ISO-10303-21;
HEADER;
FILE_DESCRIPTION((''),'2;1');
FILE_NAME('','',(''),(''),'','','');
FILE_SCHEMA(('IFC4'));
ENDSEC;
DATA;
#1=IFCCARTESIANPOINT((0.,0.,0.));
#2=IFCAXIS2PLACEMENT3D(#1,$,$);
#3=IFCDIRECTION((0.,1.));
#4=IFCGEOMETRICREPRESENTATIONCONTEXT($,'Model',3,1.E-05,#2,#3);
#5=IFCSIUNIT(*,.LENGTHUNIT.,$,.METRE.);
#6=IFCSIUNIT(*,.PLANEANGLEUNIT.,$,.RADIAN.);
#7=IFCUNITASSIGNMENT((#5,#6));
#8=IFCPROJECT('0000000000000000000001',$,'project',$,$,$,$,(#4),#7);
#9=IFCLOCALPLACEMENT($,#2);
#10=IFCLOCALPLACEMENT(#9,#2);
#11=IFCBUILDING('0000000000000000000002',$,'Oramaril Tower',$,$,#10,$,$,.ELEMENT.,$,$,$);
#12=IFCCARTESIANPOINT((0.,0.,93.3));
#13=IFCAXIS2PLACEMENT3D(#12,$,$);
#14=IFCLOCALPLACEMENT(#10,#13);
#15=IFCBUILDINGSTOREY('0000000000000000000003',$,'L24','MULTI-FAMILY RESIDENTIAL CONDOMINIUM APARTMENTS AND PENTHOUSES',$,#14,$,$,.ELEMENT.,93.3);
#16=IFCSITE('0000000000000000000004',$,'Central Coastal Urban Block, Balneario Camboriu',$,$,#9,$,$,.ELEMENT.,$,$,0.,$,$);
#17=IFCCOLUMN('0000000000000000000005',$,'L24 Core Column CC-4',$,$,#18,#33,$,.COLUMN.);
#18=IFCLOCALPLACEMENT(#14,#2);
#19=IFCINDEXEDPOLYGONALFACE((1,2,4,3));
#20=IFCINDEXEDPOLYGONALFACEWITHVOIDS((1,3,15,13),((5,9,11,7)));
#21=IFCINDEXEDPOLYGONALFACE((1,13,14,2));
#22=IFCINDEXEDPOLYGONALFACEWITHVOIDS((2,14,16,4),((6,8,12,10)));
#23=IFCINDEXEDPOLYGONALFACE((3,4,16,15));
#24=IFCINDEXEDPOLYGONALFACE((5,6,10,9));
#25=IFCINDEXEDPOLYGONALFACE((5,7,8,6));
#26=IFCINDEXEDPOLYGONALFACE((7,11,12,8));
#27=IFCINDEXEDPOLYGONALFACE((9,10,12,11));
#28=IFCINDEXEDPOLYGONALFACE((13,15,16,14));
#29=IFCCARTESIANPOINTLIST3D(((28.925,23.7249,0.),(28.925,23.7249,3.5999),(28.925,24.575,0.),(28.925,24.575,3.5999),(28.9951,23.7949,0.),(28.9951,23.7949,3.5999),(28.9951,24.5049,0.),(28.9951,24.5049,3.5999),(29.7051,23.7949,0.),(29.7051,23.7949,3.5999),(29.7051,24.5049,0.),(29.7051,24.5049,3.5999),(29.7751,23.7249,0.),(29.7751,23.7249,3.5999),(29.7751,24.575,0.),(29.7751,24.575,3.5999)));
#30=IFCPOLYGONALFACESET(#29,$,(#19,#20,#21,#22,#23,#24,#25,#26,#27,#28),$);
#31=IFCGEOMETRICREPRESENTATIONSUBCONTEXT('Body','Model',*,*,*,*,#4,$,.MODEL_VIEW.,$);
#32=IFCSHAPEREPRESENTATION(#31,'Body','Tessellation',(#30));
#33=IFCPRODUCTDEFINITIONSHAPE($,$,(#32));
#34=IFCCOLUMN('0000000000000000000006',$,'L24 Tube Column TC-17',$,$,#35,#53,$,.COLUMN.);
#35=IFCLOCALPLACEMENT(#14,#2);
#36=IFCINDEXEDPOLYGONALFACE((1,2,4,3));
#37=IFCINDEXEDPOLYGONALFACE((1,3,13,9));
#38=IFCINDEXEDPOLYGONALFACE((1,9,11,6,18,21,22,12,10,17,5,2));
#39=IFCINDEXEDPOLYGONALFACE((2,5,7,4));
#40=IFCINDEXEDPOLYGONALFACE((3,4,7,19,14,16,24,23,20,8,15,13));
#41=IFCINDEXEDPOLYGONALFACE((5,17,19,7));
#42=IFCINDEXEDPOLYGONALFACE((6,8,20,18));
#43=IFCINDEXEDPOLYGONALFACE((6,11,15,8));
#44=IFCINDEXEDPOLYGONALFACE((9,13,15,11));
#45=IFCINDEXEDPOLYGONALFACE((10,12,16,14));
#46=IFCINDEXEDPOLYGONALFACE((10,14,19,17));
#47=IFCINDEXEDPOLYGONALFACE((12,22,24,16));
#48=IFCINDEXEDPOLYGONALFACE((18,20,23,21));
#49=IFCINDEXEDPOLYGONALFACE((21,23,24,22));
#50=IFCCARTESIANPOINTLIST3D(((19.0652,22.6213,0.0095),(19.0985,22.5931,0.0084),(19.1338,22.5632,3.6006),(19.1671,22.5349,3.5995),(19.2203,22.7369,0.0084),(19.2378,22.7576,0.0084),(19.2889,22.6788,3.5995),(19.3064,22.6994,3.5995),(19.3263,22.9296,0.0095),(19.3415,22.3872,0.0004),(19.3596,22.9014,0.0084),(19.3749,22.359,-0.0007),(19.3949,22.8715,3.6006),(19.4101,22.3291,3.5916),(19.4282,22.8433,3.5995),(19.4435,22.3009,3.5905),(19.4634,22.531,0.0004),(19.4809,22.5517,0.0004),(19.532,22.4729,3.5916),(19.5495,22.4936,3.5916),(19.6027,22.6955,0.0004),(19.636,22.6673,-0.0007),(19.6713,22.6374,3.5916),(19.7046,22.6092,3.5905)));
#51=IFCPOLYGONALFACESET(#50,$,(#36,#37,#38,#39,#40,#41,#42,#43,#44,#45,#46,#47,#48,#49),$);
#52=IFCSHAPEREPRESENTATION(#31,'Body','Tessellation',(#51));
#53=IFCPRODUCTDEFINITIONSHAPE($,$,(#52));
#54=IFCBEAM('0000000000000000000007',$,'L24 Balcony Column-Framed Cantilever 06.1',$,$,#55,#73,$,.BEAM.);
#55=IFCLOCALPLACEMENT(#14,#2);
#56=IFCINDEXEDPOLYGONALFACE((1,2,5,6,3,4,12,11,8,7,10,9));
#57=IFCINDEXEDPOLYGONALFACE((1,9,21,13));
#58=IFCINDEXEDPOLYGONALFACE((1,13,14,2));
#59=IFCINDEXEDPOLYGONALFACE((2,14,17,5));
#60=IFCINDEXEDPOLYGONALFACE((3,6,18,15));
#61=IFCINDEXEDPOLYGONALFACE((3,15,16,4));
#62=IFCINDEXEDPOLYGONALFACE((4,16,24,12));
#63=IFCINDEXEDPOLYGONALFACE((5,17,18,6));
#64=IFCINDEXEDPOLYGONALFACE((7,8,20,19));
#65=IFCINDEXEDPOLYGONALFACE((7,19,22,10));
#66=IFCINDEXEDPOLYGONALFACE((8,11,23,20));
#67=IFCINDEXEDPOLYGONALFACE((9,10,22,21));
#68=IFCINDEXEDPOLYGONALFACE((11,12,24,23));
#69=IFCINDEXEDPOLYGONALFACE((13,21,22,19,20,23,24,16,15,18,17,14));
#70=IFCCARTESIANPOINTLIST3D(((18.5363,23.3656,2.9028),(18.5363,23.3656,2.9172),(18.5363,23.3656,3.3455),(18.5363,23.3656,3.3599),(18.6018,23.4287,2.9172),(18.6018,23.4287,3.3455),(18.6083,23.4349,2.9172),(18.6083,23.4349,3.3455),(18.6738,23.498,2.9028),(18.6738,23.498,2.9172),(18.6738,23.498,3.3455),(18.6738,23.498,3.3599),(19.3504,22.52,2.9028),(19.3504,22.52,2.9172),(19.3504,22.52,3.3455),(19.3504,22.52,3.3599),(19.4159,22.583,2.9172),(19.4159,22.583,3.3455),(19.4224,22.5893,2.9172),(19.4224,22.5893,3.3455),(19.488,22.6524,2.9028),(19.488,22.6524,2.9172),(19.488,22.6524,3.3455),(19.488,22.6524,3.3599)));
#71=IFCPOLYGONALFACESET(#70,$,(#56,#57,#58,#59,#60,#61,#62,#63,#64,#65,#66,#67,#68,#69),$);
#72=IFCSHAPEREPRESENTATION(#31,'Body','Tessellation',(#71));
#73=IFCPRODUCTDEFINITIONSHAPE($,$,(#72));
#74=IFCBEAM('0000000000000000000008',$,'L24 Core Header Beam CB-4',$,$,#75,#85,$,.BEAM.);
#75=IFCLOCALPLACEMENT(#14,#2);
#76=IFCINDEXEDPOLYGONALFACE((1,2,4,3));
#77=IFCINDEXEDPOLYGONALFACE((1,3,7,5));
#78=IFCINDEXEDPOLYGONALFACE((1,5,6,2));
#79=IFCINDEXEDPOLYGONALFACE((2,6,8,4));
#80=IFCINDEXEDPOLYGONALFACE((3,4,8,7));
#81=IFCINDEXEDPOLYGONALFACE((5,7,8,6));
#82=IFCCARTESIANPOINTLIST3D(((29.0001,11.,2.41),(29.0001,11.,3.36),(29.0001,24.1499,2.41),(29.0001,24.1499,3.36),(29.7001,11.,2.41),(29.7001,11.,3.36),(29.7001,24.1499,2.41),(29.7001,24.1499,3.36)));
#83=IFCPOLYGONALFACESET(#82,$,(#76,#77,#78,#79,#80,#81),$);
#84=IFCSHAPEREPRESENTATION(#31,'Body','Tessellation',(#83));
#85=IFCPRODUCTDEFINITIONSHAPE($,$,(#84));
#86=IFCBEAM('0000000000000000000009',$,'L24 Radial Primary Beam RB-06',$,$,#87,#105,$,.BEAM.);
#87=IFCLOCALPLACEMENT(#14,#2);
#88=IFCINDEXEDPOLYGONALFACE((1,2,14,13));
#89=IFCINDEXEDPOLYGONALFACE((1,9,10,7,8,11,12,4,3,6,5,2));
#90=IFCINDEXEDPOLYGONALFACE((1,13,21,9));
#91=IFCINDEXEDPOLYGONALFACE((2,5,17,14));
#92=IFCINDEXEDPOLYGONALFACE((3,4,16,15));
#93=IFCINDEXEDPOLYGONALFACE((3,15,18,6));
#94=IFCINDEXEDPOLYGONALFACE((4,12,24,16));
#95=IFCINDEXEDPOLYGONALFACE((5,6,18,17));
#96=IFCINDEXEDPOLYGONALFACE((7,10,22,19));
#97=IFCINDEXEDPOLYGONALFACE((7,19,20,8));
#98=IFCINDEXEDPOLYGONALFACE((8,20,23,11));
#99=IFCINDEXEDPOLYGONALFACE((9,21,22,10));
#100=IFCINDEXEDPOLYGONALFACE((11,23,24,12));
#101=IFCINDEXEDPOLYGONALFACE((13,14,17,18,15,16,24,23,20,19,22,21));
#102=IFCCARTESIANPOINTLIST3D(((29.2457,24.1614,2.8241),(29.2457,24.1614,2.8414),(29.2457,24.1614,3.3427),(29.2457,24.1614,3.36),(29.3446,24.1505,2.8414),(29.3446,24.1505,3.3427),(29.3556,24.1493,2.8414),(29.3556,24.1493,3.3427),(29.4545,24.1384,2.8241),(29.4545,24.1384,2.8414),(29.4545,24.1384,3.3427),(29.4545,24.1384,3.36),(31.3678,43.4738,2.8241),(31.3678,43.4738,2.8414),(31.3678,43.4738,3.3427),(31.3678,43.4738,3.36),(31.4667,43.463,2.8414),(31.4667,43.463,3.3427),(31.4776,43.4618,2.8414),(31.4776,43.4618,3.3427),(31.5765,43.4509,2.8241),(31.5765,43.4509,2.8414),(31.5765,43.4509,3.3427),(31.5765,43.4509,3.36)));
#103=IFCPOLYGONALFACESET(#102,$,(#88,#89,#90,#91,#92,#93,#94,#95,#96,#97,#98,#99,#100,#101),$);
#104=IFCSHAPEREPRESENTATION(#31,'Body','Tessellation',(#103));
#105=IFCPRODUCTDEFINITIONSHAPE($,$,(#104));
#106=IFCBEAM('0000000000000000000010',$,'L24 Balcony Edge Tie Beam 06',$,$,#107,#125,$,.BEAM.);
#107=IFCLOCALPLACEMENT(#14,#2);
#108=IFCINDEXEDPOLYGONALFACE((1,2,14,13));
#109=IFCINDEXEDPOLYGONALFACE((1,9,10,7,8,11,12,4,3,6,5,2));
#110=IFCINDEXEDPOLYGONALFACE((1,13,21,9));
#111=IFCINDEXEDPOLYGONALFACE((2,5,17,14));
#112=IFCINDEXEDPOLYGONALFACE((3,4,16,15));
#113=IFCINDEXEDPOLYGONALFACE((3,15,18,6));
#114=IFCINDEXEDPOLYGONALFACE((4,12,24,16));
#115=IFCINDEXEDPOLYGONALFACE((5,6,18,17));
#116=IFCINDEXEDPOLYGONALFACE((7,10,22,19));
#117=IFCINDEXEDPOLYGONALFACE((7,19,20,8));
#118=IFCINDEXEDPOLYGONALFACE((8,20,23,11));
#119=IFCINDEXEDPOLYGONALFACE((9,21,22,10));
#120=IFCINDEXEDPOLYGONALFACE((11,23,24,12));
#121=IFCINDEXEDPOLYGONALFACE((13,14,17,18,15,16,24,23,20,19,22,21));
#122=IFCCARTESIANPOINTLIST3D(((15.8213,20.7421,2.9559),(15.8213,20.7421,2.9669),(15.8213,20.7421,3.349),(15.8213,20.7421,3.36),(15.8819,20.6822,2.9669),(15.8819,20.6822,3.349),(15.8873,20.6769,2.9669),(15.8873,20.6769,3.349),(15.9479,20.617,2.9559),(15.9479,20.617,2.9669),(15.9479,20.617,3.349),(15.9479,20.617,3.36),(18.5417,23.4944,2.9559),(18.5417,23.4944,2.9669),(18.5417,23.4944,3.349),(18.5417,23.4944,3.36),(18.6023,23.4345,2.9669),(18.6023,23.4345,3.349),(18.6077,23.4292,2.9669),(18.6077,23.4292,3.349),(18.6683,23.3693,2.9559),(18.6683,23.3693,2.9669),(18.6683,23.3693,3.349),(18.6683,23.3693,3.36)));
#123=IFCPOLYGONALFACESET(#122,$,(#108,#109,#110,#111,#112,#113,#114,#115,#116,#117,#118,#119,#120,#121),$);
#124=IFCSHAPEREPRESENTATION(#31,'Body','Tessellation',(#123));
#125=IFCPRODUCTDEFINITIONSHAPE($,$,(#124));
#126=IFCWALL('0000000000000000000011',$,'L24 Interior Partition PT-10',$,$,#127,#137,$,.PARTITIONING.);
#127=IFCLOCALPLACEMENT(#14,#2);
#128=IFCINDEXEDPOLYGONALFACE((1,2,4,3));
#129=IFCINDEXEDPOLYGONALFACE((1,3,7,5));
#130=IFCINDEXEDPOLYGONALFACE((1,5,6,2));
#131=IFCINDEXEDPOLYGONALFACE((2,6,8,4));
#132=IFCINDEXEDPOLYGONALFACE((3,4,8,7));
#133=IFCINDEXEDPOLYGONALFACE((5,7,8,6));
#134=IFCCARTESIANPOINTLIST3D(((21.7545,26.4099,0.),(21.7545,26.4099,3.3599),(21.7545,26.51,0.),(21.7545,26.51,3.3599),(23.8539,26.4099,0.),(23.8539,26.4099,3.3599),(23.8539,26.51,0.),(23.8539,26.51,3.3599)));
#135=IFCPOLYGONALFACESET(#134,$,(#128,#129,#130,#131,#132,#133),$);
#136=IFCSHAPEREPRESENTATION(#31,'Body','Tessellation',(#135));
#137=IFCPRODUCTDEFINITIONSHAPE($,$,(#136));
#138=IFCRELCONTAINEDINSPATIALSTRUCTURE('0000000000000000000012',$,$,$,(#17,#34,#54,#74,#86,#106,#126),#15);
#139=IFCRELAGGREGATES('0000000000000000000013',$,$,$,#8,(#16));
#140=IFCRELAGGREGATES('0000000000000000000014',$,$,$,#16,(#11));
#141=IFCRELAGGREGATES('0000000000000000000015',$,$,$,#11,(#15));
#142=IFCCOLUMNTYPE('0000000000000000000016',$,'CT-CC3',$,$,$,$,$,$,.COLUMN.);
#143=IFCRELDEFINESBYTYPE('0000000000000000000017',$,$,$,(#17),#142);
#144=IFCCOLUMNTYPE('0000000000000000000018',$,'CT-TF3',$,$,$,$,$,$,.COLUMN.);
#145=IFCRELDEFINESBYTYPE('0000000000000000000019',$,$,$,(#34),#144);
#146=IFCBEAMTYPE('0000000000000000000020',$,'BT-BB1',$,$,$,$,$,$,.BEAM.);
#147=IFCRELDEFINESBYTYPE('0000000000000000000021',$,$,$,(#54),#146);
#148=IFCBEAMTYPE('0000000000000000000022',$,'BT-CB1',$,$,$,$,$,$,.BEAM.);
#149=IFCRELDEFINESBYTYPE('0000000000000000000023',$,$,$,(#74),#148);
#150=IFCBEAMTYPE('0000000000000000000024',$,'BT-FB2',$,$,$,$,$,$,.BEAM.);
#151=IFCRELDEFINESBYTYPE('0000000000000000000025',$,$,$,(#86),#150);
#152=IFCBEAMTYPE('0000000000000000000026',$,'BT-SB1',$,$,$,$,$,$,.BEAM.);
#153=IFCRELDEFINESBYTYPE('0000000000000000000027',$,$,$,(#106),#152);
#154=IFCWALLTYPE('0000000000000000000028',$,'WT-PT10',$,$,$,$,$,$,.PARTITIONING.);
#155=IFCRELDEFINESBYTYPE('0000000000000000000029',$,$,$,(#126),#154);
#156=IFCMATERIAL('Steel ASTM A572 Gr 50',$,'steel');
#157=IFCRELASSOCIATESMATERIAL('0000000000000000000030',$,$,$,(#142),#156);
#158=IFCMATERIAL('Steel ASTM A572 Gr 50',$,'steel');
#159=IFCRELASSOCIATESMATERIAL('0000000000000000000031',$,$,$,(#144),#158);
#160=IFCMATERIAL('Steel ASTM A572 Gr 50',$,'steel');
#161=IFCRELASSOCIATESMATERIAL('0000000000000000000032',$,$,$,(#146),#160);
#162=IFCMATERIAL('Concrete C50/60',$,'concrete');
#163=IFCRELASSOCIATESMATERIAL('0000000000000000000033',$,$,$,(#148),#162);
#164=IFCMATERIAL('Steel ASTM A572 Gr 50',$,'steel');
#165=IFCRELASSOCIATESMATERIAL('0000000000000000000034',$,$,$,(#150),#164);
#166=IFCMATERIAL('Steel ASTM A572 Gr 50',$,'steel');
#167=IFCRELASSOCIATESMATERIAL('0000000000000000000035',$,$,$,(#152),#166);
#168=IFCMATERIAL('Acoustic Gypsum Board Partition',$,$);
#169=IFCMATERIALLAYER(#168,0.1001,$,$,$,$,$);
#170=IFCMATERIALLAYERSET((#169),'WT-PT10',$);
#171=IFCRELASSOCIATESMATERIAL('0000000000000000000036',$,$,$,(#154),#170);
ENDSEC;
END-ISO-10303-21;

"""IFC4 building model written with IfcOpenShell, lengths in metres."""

from ifc_helpers import new_model, si_unit, direction, frame, frame_2d, origin, origin_2d, place, context, subcontext, project, spatial, rectangle, hollow_rectangle, i_section, extrude, material, layer, layer_set, material_profile, profile_set, type_object, element, save


model = new_model("IFC4")

# Units and contexts
model_context = context("Model", 3, precision=1e-05, world=origin(), true_north=direction((0.0, 1.0)))
body_context = subcontext(model_context, "Body", "Model", "MODEL_VIEW")
ifc_project = project(units=[si_unit("LENGTHUNIT", "METRE"), si_unit("PLANEANGLEUNIT", "RADIAN")], contexts=[model_context])

# Site, building, storey
site_placement = place(None, origin())
site = spatial("IfcSite", under=ifc_project, at=site_placement, Name="Central Coastal Urban Block, Balneario Camboriu", CompositionType="ELEMENT", RefElevation=0.0)
building_placement = place(site_placement, origin())
building = spatial("IfcBuilding", under=site, at=building_placement, Name="Oramaril Tower", CompositionType="ELEMENT")
storey_placement = place(building_placement, frame((0.0, 0.0, 93.3)))
storey = spatial("IfcBuildingStorey", under=building, at=storey_placement, Name="L24", Description="MULTI-FAMILY RESIDENTIAL CONDOMINIUM APARTMENTS AND PENTHOUSES", CompositionType="ELEMENT", Elevation=93.3)

# Columns
ifc_material_1 = material(Name="Steel ASTM A572 Gr 50", Category="steel")
ifc_material_profile_1 = material_profile(ifc_material_1, hollow_rectangle(XDim=0.8501, YDim=0.8501, WallThickness=0.0701, at=origin_2d()), Name="BOX850X850X70")
ifc_profile_set_1 = profile_set([ifc_material_profile_1], Name="Steel ASTM A572 Gr 50")
column_type_1 = type_object("IfcColumnType", Name="CT-CC3", PredefinedType="COLUMN", material=ifc_profile_set_1)
column_1_placement = place(storey_placement, frame((29.3501, 24.1499, 0.0), z_axis=(0.0, 0.0, 1.0), x_axis=(1.0, 0.0, 0.0)))
element("IfcColumn", 1, at=column_1_placement, inside=storey, type_object=column_type_1, Name="L24 Core Column CC-4", PredefinedType="COLUMN", context=body_context, shape_type="SweptSolid", body=[
    extrude(hollow_rectangle(XDim=0.8501, YDim=0.8501, WallThickness=0.0701, at=origin_2d()), origin(), (0.0, 0.0, 1.0), 3.5999),
])
ifc_material_2 = material(Name="Steel ASTM A572 Gr 50", Category="steel")
ifc_material_profile_2 = material_profile(ifc_material_2, i_section(OverallWidth=0.4041, OverallDepth=0.406, WebThickness=0.0271, FlangeThickness=0.0437, at=origin_2d()), Name="W14X233")
ifc_profile_set_2 = profile_set([ifc_material_profile_2], Name="Steel ASTM A572 Gr 50")
column_type_2 = type_object("IfcColumnType", Name="CT-TF3", PredefinedType="COLUMN", material=ifc_profile_set_2)
column_2_placement = place(storey_placement, frame((19.3506, 22.6443, 0.0044), z_axis=(0.019098, -0.016176, 0.999687), x_axis=(0.646307, 0.763077, 0.0)))
element("IfcColumn", 2, at=column_2_placement, inside=storey, type_object=column_type_2, Name="L24 Tube Column TC-17", PredefinedType="COLUMN", context=body_context, shape_type="SweptSolid", body=[
    extrude(i_section(OverallWidth=0.4041, OverallDepth=0.406, WebThickness=0.0271, FlangeThickness=0.0437, at=origin_2d()), origin(), (0.0, 0.0, 1.0), 3.5923),
])

# Beams
ifc_material_3 = material(Name="Steel ASTM A572 Gr 50", Category="steel")
ifc_material_profile_3 = material_profile(ifc_material_3, i_section(OverallWidth=0.1909, OverallDepth=0.457, WebThickness=0.009, FlangeThickness=0.0144, at=origin_2d()), Name="W18X50")
ifc_profile_set_3 = profile_set([ifc_material_profile_3], Name="Steel ASTM A572 Gr 50")
beam_type_1 = type_object("IfcBeamType", Name="BT-BB1", PredefinedType="BEAM", material=ifc_profile_set_3)
beam_1_placement = place(storey_placement, frame((19.4192, 22.5862, 3.1313), z_axis=(-0.693566, 0.720393, 0.0), x_axis=(-0.720393, -0.693566, 0.0)))
element("IfcBeam", 3, at=beam_1_placement, inside=storey, type_object=beam_type_1, Name="L24 Balcony Column-Framed Cantilever 06.1", PredefinedType="BEAM", context=body_context, shape_type="SweptSolid", body=[
    extrude(i_section(OverallWidth=0.1909, OverallDepth=0.457, WebThickness=0.009, FlangeThickness=0.0144, at=origin_2d()), origin(), (0.0, 0.0, 1.0), 1.1738),
])
ifc_material_4 = material(Name="Concrete C50/60", Category="concrete")
ifc_material_profile_4 = material_profile(ifc_material_4, rectangle(XDim=0.7, YDim=0.95, at=origin_2d()), Name="CB700X950")
ifc_profile_set_4 = profile_set([ifc_material_profile_4], Name="Concrete C50/60")
beam_type_2 = type_object("IfcBeamType", Name="BT-CB1", PredefinedType="BEAM", material=ifc_profile_set_4)
beam_2_placement = place(storey_placement, frame((29.3501, 24.1499, 2.885), z_axis=(0.0, -1.0, 0.0), x_axis=(1.0, 0.0, 0.0)))
element("IfcBeam", 4, at=beam_2_placement, inside=storey, type_object=beam_type_2, Name="L24 Core Header Beam CB-4", PredefinedType="BEAM", context=body_context, shape_type="SweptSolid", body=[
    extrude(rectangle(XDim=0.7, YDim=0.95, at=origin_2d()), origin(), (0.0, 0.0, 1.0), 13.1499),
])
ifc_material_5 = material(Name="Steel ASTM A572 Gr 50", Category="steel")
ifc_material_profile_5 = material_profile(ifc_material_5, i_section(OverallWidth=0.21, OverallDepth=0.5359, WebThickness=0.011, FlangeThickness=0.0173, at=origin_2d()), Name="W21X68")
ifc_profile_set_5 = profile_set([ifc_material_profile_5], Name="Steel ASTM A572 Gr 50")
beam_type_3 = type_object("IfcBeamType", Name="BT-FB2", PredefinedType="BEAM", material=ifc_profile_set_5)
beam_3_placement = place(storey_placement, frame((29.3501, 24.1499, 3.092), z_axis=(0.109223, 0.994017, 0.0), x_axis=(-0.994017, 0.109223, 0.0)))
element("IfcBeam", 5, at=beam_3_placement, inside=storey, type_object=beam_type_3, Name="L24 Radial Primary Beam RB-06", PredefinedType="BEAM", context=body_context, shape_type="SweptSolid", body=[
    extrude(i_section(OverallWidth=0.21, OverallDepth=0.5359, WebThickness=0.011, FlangeThickness=0.0173, at=origin_2d()), origin(), (0.0, 0.0, 1.0), 19.4287),
])
ifc_material_6 = material(Name="Steel ASTM A572 Gr 50", Category="steel")
ifc_material_profile_6 = material_profile(ifc_material_6, i_section(OverallWidth=0.178, OverallDepth=0.4041, WebThickness=0.0076, FlangeThickness=0.011, at=origin_2d()), Name="W16X36")
ifc_profile_set_6 = profile_set([ifc_material_profile_6], Name="Steel ASTM A572 Gr 50")
beam_type_4 = type_object("IfcBeamType", Name="BT-SB1", PredefinedType="BEAM", material=ifc_profile_set_6)
beam_4_placement = place(storey_placement, frame((18.605, 23.4319, 3.158), z_axis=(-0.702963, -0.711227, 0.0), x_axis=(0.711227, -0.702963, 0.0)))
element("IfcBeam", 6, at=beam_4_placement, inside=storey, type_object=beam_type_4, Name="L24 Balcony Edge Tie Beam 06", PredefinedType="BEAM", context=body_context, shape_type="SweptSolid", body=[
    extrude(i_section(OverallWidth=0.178, OverallDepth=0.4041, WebThickness=0.0076, FlangeThickness=0.011, at=origin_2d()), origin(), (0.0, 0.0, 1.0), 3.8699),
])

# Wall
ifc_material_7 = material(Name="Acoustic Gypsum Board Partition")
ifc_layer_1 = layer(ifc_material_7, 0.1001)
ifc_layer_set_1 = layer_set([ifc_layer_1], Name="WT-PT10")
wall_type_1 = type_object("IfcWallType", Name="WT-PT10", PredefinedType="PARTITIONING", material=ifc_layer_set_1)
wall_1_placement = place(storey_placement, frame((21.7544, 26.46, 0.0), z_axis=(0.0, 0.0, 1.0), x_axis=(1.0, 0.0, 0.0)))
element("IfcWall", 7, at=wall_1_placement, inside=storey, type_object=wall_type_1, Name="L24 Interior Partition PT-10", PredefinedType="PARTITIONING", context=body_context, shape_type="SweptSolid", body=[
    extrude(rectangle(XDim=2.0994, YDim=0.1001, at=frame_2d((1.0498, 0.0))), origin(), (0.0, 0.0, 1.0), 3.3599),
])

save(model, "model.ifc")
